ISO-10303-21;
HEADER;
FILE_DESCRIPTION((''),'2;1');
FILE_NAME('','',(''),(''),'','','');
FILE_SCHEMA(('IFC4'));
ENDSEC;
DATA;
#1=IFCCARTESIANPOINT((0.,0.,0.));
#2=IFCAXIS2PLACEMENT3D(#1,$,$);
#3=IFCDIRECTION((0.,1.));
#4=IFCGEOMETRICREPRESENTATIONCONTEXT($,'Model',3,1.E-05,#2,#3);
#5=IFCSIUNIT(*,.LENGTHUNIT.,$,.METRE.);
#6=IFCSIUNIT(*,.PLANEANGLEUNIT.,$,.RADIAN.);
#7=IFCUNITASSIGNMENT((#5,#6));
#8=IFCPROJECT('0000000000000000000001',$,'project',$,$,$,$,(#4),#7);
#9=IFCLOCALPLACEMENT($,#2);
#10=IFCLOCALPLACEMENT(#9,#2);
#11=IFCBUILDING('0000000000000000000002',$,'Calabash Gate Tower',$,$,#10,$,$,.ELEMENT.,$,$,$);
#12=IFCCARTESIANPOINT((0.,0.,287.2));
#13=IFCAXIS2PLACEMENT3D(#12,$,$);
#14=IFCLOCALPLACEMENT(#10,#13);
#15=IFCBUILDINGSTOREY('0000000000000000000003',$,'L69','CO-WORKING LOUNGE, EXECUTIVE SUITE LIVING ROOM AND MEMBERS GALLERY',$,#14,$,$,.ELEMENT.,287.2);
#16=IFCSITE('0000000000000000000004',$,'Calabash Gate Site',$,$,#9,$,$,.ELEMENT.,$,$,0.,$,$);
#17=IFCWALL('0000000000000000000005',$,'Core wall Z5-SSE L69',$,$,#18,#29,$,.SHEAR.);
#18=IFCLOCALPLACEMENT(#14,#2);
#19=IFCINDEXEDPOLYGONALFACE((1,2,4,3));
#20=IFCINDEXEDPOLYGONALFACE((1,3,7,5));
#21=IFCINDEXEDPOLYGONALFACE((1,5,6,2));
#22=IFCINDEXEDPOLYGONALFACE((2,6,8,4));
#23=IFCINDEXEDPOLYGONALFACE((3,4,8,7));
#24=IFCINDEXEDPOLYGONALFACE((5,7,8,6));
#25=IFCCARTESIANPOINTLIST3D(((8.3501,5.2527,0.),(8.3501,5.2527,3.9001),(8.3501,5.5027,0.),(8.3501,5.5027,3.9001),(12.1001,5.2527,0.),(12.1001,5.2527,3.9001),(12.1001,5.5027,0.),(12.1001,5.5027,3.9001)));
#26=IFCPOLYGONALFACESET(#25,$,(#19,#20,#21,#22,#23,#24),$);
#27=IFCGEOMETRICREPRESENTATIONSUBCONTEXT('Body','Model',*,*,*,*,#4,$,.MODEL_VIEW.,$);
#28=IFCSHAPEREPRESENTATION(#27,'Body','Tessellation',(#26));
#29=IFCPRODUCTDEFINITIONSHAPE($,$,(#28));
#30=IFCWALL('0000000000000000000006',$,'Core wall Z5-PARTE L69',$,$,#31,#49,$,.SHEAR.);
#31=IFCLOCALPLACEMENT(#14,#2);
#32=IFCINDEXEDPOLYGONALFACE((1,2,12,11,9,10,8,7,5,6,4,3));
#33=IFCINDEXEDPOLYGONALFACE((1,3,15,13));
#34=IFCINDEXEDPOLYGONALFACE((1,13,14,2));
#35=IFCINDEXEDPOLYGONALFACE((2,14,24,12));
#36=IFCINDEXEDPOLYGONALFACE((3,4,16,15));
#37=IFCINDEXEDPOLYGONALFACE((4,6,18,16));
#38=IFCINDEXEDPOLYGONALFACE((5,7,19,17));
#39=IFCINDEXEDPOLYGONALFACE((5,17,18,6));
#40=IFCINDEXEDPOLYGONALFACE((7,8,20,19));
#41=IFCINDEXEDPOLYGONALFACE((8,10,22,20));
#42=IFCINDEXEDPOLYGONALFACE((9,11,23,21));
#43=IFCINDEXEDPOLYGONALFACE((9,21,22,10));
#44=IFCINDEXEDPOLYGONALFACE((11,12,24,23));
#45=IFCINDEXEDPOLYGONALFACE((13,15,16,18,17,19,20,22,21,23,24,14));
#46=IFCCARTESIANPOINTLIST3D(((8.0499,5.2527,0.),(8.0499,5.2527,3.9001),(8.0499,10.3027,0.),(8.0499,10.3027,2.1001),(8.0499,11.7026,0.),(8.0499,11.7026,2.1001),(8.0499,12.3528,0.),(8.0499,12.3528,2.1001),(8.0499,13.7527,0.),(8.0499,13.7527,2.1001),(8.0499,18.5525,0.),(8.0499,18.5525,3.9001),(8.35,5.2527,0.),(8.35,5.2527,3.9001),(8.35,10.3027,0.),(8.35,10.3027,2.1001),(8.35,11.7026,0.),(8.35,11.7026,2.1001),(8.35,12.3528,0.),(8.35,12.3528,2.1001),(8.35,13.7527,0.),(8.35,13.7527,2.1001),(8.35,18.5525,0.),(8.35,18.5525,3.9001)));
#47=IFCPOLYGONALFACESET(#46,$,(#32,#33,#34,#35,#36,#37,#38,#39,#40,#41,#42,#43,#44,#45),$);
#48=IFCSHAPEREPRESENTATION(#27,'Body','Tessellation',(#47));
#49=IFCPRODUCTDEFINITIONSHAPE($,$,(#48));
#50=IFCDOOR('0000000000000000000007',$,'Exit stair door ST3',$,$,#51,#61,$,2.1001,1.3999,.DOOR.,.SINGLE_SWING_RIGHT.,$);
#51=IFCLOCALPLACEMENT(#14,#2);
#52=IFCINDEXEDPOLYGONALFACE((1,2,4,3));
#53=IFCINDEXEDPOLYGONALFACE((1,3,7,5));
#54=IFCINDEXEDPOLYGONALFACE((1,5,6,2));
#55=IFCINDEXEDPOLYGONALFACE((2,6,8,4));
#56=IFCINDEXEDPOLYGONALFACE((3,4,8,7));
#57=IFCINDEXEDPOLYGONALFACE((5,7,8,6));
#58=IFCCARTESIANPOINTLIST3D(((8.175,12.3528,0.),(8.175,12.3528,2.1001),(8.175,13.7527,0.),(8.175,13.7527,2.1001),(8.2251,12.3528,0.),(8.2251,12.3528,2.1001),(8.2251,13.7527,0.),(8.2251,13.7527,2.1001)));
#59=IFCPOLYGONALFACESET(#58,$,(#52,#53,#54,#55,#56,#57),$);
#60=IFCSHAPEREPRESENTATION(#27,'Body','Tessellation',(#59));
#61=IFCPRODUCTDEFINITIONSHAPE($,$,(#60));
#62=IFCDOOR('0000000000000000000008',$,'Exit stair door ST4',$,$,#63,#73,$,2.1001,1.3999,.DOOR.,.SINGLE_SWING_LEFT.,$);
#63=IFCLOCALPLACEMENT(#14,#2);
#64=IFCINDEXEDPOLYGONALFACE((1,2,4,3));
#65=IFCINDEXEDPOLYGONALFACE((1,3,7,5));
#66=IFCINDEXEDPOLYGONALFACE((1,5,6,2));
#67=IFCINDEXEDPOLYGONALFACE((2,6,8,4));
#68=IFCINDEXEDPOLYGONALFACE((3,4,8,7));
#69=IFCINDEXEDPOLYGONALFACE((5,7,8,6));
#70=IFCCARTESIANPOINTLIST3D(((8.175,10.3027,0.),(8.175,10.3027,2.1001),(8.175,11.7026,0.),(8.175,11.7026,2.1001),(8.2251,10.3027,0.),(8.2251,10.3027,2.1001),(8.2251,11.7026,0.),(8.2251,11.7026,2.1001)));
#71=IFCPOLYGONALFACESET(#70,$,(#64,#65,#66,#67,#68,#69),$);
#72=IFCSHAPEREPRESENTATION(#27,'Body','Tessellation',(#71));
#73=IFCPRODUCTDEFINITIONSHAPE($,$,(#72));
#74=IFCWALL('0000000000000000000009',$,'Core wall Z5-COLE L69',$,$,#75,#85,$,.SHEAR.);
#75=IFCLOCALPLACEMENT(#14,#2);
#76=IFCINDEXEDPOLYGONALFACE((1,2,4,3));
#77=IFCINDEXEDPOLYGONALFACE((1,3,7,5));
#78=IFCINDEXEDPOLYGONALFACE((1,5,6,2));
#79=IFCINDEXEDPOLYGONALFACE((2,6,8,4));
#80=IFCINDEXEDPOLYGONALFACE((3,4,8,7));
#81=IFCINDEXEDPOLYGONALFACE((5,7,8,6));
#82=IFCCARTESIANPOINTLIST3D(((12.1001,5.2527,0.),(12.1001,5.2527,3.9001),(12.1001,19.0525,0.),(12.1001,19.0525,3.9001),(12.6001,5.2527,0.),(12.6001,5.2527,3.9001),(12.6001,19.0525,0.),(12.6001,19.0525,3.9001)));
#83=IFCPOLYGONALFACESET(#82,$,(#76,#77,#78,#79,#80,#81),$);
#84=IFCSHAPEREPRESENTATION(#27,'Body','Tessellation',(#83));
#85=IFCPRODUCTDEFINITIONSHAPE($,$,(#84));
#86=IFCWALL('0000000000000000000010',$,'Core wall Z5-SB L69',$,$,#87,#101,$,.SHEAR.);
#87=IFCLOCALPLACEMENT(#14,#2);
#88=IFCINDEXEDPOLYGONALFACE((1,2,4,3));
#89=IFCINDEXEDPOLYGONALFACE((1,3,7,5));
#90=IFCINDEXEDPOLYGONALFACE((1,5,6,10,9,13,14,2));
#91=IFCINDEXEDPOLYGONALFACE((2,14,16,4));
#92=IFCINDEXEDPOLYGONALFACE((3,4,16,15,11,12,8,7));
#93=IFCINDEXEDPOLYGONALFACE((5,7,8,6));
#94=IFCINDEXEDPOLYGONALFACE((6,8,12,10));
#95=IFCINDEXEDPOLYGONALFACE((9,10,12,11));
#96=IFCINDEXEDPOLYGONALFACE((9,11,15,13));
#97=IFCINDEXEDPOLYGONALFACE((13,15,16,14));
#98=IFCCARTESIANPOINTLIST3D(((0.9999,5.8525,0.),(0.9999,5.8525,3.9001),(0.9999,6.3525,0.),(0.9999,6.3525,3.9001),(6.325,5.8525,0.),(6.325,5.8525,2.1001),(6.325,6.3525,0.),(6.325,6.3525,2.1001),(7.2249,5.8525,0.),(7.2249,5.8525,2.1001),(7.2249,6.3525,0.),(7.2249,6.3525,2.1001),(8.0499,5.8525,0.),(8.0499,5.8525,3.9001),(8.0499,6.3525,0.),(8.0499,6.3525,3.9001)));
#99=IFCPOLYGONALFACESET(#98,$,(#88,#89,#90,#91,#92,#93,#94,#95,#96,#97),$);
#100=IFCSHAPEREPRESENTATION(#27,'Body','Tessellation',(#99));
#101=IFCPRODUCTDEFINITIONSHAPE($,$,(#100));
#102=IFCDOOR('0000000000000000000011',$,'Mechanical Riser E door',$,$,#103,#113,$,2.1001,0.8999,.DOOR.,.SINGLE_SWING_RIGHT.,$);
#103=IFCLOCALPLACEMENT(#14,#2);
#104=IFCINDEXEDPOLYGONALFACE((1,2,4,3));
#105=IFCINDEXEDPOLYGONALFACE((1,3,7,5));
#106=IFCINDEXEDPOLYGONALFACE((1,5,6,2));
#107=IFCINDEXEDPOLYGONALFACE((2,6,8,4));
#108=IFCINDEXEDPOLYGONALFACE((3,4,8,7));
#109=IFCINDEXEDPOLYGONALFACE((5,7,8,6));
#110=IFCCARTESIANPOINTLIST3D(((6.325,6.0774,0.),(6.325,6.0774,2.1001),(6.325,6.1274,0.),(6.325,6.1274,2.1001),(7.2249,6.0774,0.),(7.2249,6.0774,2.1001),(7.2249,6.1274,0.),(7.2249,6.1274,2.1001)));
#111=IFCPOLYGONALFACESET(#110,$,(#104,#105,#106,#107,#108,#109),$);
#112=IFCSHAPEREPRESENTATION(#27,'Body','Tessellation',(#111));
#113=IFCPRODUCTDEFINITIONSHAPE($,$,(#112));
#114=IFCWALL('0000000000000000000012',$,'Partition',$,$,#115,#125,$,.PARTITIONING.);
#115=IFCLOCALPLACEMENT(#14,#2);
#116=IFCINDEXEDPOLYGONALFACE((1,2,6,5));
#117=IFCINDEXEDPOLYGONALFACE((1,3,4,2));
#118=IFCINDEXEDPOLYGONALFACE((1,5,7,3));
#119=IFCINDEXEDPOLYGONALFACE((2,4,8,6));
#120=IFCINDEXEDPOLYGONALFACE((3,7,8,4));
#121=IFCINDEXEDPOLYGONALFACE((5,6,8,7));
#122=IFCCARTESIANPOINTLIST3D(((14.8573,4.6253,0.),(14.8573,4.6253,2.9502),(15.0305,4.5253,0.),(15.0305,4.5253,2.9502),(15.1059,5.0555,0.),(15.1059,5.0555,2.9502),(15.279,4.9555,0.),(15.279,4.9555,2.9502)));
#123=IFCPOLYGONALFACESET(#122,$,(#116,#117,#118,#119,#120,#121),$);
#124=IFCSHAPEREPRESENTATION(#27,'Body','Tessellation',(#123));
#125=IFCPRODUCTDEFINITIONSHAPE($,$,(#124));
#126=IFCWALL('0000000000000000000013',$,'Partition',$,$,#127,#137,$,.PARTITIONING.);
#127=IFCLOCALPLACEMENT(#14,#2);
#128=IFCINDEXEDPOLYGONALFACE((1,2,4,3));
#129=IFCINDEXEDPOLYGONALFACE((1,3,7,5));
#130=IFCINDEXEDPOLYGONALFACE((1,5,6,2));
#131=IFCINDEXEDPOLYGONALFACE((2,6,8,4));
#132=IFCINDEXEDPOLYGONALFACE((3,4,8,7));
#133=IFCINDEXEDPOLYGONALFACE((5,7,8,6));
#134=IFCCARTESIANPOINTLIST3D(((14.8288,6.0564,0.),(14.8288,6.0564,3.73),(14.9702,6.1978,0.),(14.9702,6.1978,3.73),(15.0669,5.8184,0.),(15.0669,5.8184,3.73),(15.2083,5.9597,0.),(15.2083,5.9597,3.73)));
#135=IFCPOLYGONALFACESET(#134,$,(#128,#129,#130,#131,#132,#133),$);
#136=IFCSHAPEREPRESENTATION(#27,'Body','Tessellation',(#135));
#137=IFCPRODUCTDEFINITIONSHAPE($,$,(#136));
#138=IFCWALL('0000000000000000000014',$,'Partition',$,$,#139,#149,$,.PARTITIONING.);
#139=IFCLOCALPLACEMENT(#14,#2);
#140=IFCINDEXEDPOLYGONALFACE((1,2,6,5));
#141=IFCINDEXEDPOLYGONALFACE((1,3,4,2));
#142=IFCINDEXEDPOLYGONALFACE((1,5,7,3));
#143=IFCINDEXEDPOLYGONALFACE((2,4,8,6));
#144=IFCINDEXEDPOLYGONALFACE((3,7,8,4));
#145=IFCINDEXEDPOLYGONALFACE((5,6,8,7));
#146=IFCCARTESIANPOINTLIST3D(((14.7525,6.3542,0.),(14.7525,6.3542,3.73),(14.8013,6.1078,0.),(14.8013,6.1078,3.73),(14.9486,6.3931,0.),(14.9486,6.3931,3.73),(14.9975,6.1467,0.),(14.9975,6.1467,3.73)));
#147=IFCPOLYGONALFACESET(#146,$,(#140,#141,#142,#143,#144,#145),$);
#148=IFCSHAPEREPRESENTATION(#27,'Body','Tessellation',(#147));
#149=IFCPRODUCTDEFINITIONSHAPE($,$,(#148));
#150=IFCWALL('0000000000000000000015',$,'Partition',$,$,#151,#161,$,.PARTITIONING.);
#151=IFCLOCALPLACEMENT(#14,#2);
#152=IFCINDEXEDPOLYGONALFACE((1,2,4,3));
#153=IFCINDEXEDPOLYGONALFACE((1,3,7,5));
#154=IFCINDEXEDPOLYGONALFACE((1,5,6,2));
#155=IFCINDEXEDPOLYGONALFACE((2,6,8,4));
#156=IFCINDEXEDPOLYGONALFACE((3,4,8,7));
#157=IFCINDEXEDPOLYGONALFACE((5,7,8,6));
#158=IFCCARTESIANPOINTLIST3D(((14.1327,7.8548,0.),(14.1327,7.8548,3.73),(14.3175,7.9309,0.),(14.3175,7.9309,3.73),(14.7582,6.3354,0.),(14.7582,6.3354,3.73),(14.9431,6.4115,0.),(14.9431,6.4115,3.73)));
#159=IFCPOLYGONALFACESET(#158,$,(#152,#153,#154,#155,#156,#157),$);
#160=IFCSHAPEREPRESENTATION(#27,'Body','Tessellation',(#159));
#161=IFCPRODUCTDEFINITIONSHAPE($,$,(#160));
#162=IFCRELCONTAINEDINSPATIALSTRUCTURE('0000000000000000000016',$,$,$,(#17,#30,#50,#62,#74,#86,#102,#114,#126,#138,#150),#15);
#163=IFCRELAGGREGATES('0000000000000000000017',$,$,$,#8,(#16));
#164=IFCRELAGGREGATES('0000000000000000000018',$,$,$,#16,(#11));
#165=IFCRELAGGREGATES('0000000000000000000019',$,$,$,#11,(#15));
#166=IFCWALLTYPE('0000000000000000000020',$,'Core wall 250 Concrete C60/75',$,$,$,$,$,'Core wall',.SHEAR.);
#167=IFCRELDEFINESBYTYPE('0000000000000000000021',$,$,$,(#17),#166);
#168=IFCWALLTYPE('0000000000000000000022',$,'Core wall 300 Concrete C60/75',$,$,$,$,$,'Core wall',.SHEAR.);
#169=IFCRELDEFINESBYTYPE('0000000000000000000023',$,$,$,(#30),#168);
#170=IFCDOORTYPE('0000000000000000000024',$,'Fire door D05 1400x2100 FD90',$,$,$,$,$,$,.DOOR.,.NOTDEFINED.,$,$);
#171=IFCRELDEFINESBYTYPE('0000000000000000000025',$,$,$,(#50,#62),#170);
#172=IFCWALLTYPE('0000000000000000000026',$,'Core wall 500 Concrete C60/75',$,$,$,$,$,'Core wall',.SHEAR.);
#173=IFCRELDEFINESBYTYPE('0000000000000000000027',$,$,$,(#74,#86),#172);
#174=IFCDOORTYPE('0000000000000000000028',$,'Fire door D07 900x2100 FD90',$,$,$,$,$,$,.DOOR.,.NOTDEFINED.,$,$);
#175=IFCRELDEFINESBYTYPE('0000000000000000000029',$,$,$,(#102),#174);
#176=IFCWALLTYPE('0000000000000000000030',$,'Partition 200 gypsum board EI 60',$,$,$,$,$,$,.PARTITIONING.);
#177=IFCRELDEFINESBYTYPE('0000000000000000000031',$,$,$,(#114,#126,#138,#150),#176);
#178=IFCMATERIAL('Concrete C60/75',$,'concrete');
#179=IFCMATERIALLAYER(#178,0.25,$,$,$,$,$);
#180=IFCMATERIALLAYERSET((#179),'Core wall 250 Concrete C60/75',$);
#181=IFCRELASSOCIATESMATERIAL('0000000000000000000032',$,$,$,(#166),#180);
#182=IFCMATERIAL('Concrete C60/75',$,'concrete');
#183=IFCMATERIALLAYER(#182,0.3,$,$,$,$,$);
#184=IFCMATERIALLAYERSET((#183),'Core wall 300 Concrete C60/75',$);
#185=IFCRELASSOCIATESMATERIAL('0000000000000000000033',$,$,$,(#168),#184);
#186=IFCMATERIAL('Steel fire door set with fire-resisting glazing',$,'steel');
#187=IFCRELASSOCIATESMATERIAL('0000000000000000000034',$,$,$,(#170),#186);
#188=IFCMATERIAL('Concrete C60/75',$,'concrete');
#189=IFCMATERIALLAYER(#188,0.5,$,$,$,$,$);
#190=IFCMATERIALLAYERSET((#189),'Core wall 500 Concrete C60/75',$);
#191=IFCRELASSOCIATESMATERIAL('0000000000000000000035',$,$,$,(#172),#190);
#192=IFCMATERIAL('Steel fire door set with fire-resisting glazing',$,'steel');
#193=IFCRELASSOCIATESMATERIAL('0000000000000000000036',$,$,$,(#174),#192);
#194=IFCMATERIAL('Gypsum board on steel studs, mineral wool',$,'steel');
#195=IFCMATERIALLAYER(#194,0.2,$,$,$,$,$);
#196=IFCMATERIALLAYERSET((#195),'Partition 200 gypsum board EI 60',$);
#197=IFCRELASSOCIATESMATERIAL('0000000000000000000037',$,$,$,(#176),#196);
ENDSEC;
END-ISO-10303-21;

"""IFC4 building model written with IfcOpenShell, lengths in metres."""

from ifc_helpers import new_model, si_unit, direction, frame, frame_2d, origin, place, context, subcontext, project, spatial, rectangle, extrude, material, layer, layer_set, type_object, element, fill, save


model = new_model("IFC4")

# Units and contexts
model_context = context("Model", 3, precision=1e-05, world=origin(), true_north=direction((0.0, 1.0)))
body_context = subcontext(model_context, "Body", "Model", "MODEL_VIEW")
ifc_project = project(units=[si_unit("LENGTHUNIT", "METRE"), si_unit("PLANEANGLEUNIT", "RADIAN")], contexts=[model_context])

# Site, building, storey
site_placement = place(None, origin())
site = spatial("IfcSite", under=ifc_project, at=site_placement, Name="Calabash Gate Site", CompositionType="ELEMENT", RefElevation=0.0)
building_placement = place(site_placement, origin())
building = spatial("IfcBuilding", under=site, at=building_placement, Name="Calabash Gate Tower", CompositionType="ELEMENT")
storey_placement = place(building_placement, frame((0.0, 0.0, 287.2)))
storey = spatial("IfcBuildingStorey", under=building, at=storey_placement, Name="L69", Description="CO-WORKING LOUNGE, EXECUTIVE SUITE LIVING ROOM AND MEMBERS GALLERY", CompositionType="ELEMENT", Elevation=287.2)

# Wall
ifc_material_1 = material(Name="Concrete C60/75", Category="concrete")
ifc_layer_1 = layer(ifc_material_1, 0.25)
ifc_layer_set_1 = layer_set([ifc_layer_1], Name="Core wall 250 Concrete C60/75")
wall_type_1 = type_object("IfcWallType", Name="Core wall 250 Concrete C60/75", ElementType="Core wall", PredefinedType="SHEAR", material=ifc_layer_set_1)
wall_1_placement = place(storey_placement, frame((8.3501, 5.3777, 0.0), z_axis=(0.0, 0.0, 1.0), x_axis=(1.0, 0.0, 0.0)))
element("IfcWall", 1, at=wall_1_placement, inside=storey, type_object=wall_type_1, Name="Core wall Z5-SSE L69", PredefinedType="SHEAR", context=body_context, shape_type="SweptSolid", body=[
    extrude(rectangle(XDim=3.75, YDim=0.25, at=frame_2d((1.875, 0.0))), origin(), (0.0, 0.0, 1.0), 3.9001),
])

# Wall, openings, doors
ifc_material_2 = material(Name="Concrete C60/75", Category="concrete")
ifc_layer_2 = layer(ifc_material_2, 0.3)
ifc_layer_set_2 = layer_set([ifc_layer_2], Name="Core wall 300 Concrete C60/75")
wall_type_2 = type_object("IfcWallType", Name="Core wall 300 Concrete C60/75", ElementType="Core wall", PredefinedType="SHEAR", material=ifc_layer_set_2)
wall_2_placement = place(storey_placement, frame((8.2, 5.2527, 0.0), z_axis=(0.0, 0.0, 1.0), x_axis=(0.0, 1.0, 0.0)))
wall_2 = element("IfcWall", 2, at=wall_2_placement, inside=storey, type_object=wall_type_2, Name="Core wall Z5-PARTE L69", PredefinedType="SHEAR", context=body_context, shape_type="SweptSolid", body=[
    extrude(rectangle(XDim=13.2998, YDim=0.3, at=frame_2d((6.6499, 0.0))), origin(), (0.0, 0.0, 1.0), 3.9001),
])
opening_1_placement = place(wall_2_placement, frame((7.1001, 0.0, 0.0)))
opening_1 = element("IfcOpeningElement", 3, at=opening_1_placement, cuts=wall_2, PredefinedType="OPENING", context=body_context, shape_type="SweptSolid", body=[
    extrude(rectangle(XDim=1.3999, YDim=2.1001, at=frame_2d((0.7, 1.05))), frame((0.0, 0.1599, 0.0), z_axis=(0.0, -1.0, 0.0), x_axis=(1.0, 0.0, 0.0)), (0.0, 0.0, 1.0), 0.3201),
])
opening_2_placement = place(wall_2_placement, frame((5.05, 0.0, 0.0)))
opening_2 = element("IfcOpeningElement", 4, at=opening_2_placement, cuts=wall_2, PredefinedType="OPENING", context=body_context, shape_type="SweptSolid", body=[
    extrude(rectangle(XDim=1.3999, YDim=2.1001, at=frame_2d((0.7, 1.05))), frame((0.0, 0.1599, 0.0), z_axis=(0.0, -1.0, 0.0), x_axis=(1.0, 0.0, 0.0)), (0.0, 0.0, 1.0), 0.3201),
])
ifc_material_3 = material(Name="Steel fire door set with fire-resisting glazing", Category="steel")
door_type_1 = type_object("IfcDoorType", Name="Fire door D05 1400x2100 FD90", OperationType="NOTDEFINED", PredefinedType="DOOR", material=ifc_material_3)
door_1_placement = place(opening_1_placement, origin())
door_1 = element("IfcDoor", 5, at=door_1_placement, inside=storey, type_object=door_type_1, Name="Exit stair door ST3", OperationType="SINGLE_SWING_RIGHT", OverallHeight=2.1001, OverallWidth=1.3999, PredefinedType="DOOR", context=body_context, shape_type="SweptSolid", body=[
    extrude(rectangle(XDim=1.3999, YDim=2.1001, at=frame_2d((0.7, 1.05))), frame((0.0, 0.0249, 0.0), z_axis=(0.0, -1.0, 0.0), x_axis=(1.0, 0.0, 0.0)), (0.0, 0.0, 1.0), 0.05),
])
fill(opening_1, door_1)
door_2_placement = place(opening_2_placement, origin())
door_2 = element("IfcDoor", 6, at=door_2_placement, inside=storey, type_object=door_type_1, Name="Exit stair door ST4", OperationType="SINGLE_SWING_LEFT", OverallHeight=2.1001, OverallWidth=1.3999, PredefinedType="DOOR", context=body_context, shape_type="SweptSolid", body=[
    extrude(rectangle(XDim=1.3999, YDim=2.1001, at=frame_2d((0.7, 1.05))), frame((0.0, 0.0249, 0.0), z_axis=(0.0, -1.0, 0.0), x_axis=(1.0, 0.0, 0.0)), (0.0, 0.0, 1.0), 0.05),
])
fill(opening_2, door_2)

# Wall
ifc_material_4 = material(Name="Concrete C60/75", Category="concrete")
ifc_layer_3 = layer(ifc_material_4, 0.5)
ifc_layer_set_3 = layer_set([ifc_layer_3], Name="Core wall 500 Concrete C60/75")
wall_type_3 = type_object("IfcWallType", Name="Core wall 500 Concrete C60/75", ElementType="Core wall", PredefinedType="SHEAR", material=ifc_layer_set_3)
wall_3_placement = place(storey_placement, frame((12.3501, 5.2527, 0.0), z_axis=(0.0, 0.0, 1.0), x_axis=(0.0, 1.0, 0.0)))
element("IfcWall", 7, at=wall_3_placement, inside=storey, type_object=wall_type_3, Name="Core wall Z5-COLE L69", PredefinedType="SHEAR", context=body_context, shape_type="SweptSolid", body=[
    extrude(rectangle(XDim=13.7998, YDim=0.5, at=frame_2d((6.8999, 0.0))), origin(), (0.0, 0.0, 1.0), 3.9001),
])

# Wall, opening, door
wall_4_placement = place(storey_placement, frame((1.0, 6.1025, 0.0), z_axis=(0.0, 0.0, 1.0), x_axis=(1.0, 0.0, 0.0)))
wall_4 = element("IfcWall", 8, at=wall_4_placement, inside=storey, type_object=wall_type_3, Name="Core wall Z5-SB L69", PredefinedType="SHEAR", context=body_context, shape_type="SweptSolid", body=[
    extrude(rectangle(XDim=7.05, YDim=0.5, at=frame_2d((3.5249, 0.0))), origin(), (0.0, 0.0, 1.0), 3.9001),
])
opening_3_placement = place(wall_4_placement, frame((5.325, 0.0, 0.0)))
opening_3 = element("IfcOpeningElement", 9, at=opening_3_placement, cuts=wall_4, PredefinedType="OPENING", context=body_context, shape_type="SweptSolid", body=[
    extrude(rectangle(XDim=0.8999, YDim=2.1001, at=frame_2d((0.45, 1.05))), frame((0.0, 0.26, 0.0), z_axis=(0.0, -1.0, 0.0), x_axis=(1.0, 0.0, 0.0)), (0.0, 0.0, 1.0), 0.52),
])
ifc_material_5 = material(Name="Steel fire door set with fire-resisting glazing", Category="steel")
door_type_2 = type_object("IfcDoorType", Name="Fire door D07 900x2100 FD90", OperationType="NOTDEFINED", PredefinedType="DOOR", material=ifc_material_5)
door_3_placement = place(opening_3_placement, origin())
door_3 = element("IfcDoor", 10, at=door_3_placement, inside=storey, type_object=door_type_2, Name="Mechanical Riser E door", OperationType="SINGLE_SWING_RIGHT", OverallHeight=2.1001, OverallWidth=0.8999, PredefinedType="DOOR", context=body_context, shape_type="SweptSolid", body=[
    extrude(rectangle(XDim=0.8999, YDim=2.1001, at=frame_2d((0.45, 1.05))), frame((0.0, 0.0249, 0.0), z_axis=(0.0, -1.0, 0.0), x_axis=(1.0, 0.0, 0.0)), (0.0, 0.0, 1.0), 0.05),
])
fill(opening_3, door_3)

# Walls
ifc_material_6 = material(Name="Gypsum board on steel studs, mineral wool", Category="steel")
ifc_layer_4 = layer(ifc_material_6, 0.2)
ifc_layer_set_4 = layer_set([ifc_layer_4], Name="Partition 200 gypsum board EI 60")
wall_type_4 = type_object("IfcWallType", Name="Partition 200 gypsum board EI 60", PredefinedType="PARTITIONING", material=ifc_layer_set_4)
wall_5_placement = place(storey_placement, frame((14.9438, 4.5752, 0.0), z_axis=(0.0, 0.0, 1.0), x_axis=(0.500261, 0.865875, 0.0)))
element("IfcWall", 11, at=wall_5_placement, inside=storey, type_object=wall_type_4, Name="Partition", PredefinedType="PARTITIONING", context=body_context, shape_type="SweptSolid", body=[
    extrude(rectangle(XDim=0.4968, YDim=0.2, at=frame_2d((0.2485, 0.0))), origin(), (0.0, 0.0, 1.0), 2.9502),
])
wall_6_placement = place(storey_placement, frame((14.8994, 6.1272, 0.0), z_axis=(0.0, 0.0, 1.0), x_axis=(0.707107, -0.707107, 0.0)))
element("IfcWall", 12, at=wall_6_placement, inside=storey, type_object=wall_type_4, Name="Partition", PredefinedType="PARTITIONING", context=body_context, shape_type="SweptSolid", body=[
    extrude(rectangle(XDim=0.3367, YDim=0.2, at=frame_2d((0.1685, 0.0))), origin(), (0.0, 0.0, 1.0), 3.73),
])
wall_7_placement = place(storey_placement, frame((14.8506, 6.3735, 0.0), z_axis=(0.0, 0.0, 1.0), x_axis=(0.194433, -0.980916, 0.0)))
element("IfcWall", 13, at=wall_7_placement, inside=storey, type_object=wall_type_4, Name="Partition", PredefinedType="PARTITIONING", context=body_context, shape_type="SweptSolid", body=[
    extrude(rectangle(XDim=0.2512, YDim=0.2, at=frame_2d((0.1255, 0.0))), origin(), (0.0, 0.0, 1.0), 3.73),
])
wall_8_placement = place(storey_placement, frame((14.2251, 7.8928, 0.0), z_axis=(0.0, 0.0, 1.0), x_axis=(0.380697, -0.9247, 0.0)))
element("IfcWall", 14, at=wall_8_placement, inside=storey, type_object=wall_type_4, Name="Partition", PredefinedType="PARTITIONING", context=body_context, shape_type="SweptSolid", body=[
    extrude(rectangle(XDim=1.6431, YDim=0.2, at=frame_2d((0.8215, 0.0))), origin(), (0.0, 0.0, 1.0), 3.73),
])

save(model, "model.ifc")
